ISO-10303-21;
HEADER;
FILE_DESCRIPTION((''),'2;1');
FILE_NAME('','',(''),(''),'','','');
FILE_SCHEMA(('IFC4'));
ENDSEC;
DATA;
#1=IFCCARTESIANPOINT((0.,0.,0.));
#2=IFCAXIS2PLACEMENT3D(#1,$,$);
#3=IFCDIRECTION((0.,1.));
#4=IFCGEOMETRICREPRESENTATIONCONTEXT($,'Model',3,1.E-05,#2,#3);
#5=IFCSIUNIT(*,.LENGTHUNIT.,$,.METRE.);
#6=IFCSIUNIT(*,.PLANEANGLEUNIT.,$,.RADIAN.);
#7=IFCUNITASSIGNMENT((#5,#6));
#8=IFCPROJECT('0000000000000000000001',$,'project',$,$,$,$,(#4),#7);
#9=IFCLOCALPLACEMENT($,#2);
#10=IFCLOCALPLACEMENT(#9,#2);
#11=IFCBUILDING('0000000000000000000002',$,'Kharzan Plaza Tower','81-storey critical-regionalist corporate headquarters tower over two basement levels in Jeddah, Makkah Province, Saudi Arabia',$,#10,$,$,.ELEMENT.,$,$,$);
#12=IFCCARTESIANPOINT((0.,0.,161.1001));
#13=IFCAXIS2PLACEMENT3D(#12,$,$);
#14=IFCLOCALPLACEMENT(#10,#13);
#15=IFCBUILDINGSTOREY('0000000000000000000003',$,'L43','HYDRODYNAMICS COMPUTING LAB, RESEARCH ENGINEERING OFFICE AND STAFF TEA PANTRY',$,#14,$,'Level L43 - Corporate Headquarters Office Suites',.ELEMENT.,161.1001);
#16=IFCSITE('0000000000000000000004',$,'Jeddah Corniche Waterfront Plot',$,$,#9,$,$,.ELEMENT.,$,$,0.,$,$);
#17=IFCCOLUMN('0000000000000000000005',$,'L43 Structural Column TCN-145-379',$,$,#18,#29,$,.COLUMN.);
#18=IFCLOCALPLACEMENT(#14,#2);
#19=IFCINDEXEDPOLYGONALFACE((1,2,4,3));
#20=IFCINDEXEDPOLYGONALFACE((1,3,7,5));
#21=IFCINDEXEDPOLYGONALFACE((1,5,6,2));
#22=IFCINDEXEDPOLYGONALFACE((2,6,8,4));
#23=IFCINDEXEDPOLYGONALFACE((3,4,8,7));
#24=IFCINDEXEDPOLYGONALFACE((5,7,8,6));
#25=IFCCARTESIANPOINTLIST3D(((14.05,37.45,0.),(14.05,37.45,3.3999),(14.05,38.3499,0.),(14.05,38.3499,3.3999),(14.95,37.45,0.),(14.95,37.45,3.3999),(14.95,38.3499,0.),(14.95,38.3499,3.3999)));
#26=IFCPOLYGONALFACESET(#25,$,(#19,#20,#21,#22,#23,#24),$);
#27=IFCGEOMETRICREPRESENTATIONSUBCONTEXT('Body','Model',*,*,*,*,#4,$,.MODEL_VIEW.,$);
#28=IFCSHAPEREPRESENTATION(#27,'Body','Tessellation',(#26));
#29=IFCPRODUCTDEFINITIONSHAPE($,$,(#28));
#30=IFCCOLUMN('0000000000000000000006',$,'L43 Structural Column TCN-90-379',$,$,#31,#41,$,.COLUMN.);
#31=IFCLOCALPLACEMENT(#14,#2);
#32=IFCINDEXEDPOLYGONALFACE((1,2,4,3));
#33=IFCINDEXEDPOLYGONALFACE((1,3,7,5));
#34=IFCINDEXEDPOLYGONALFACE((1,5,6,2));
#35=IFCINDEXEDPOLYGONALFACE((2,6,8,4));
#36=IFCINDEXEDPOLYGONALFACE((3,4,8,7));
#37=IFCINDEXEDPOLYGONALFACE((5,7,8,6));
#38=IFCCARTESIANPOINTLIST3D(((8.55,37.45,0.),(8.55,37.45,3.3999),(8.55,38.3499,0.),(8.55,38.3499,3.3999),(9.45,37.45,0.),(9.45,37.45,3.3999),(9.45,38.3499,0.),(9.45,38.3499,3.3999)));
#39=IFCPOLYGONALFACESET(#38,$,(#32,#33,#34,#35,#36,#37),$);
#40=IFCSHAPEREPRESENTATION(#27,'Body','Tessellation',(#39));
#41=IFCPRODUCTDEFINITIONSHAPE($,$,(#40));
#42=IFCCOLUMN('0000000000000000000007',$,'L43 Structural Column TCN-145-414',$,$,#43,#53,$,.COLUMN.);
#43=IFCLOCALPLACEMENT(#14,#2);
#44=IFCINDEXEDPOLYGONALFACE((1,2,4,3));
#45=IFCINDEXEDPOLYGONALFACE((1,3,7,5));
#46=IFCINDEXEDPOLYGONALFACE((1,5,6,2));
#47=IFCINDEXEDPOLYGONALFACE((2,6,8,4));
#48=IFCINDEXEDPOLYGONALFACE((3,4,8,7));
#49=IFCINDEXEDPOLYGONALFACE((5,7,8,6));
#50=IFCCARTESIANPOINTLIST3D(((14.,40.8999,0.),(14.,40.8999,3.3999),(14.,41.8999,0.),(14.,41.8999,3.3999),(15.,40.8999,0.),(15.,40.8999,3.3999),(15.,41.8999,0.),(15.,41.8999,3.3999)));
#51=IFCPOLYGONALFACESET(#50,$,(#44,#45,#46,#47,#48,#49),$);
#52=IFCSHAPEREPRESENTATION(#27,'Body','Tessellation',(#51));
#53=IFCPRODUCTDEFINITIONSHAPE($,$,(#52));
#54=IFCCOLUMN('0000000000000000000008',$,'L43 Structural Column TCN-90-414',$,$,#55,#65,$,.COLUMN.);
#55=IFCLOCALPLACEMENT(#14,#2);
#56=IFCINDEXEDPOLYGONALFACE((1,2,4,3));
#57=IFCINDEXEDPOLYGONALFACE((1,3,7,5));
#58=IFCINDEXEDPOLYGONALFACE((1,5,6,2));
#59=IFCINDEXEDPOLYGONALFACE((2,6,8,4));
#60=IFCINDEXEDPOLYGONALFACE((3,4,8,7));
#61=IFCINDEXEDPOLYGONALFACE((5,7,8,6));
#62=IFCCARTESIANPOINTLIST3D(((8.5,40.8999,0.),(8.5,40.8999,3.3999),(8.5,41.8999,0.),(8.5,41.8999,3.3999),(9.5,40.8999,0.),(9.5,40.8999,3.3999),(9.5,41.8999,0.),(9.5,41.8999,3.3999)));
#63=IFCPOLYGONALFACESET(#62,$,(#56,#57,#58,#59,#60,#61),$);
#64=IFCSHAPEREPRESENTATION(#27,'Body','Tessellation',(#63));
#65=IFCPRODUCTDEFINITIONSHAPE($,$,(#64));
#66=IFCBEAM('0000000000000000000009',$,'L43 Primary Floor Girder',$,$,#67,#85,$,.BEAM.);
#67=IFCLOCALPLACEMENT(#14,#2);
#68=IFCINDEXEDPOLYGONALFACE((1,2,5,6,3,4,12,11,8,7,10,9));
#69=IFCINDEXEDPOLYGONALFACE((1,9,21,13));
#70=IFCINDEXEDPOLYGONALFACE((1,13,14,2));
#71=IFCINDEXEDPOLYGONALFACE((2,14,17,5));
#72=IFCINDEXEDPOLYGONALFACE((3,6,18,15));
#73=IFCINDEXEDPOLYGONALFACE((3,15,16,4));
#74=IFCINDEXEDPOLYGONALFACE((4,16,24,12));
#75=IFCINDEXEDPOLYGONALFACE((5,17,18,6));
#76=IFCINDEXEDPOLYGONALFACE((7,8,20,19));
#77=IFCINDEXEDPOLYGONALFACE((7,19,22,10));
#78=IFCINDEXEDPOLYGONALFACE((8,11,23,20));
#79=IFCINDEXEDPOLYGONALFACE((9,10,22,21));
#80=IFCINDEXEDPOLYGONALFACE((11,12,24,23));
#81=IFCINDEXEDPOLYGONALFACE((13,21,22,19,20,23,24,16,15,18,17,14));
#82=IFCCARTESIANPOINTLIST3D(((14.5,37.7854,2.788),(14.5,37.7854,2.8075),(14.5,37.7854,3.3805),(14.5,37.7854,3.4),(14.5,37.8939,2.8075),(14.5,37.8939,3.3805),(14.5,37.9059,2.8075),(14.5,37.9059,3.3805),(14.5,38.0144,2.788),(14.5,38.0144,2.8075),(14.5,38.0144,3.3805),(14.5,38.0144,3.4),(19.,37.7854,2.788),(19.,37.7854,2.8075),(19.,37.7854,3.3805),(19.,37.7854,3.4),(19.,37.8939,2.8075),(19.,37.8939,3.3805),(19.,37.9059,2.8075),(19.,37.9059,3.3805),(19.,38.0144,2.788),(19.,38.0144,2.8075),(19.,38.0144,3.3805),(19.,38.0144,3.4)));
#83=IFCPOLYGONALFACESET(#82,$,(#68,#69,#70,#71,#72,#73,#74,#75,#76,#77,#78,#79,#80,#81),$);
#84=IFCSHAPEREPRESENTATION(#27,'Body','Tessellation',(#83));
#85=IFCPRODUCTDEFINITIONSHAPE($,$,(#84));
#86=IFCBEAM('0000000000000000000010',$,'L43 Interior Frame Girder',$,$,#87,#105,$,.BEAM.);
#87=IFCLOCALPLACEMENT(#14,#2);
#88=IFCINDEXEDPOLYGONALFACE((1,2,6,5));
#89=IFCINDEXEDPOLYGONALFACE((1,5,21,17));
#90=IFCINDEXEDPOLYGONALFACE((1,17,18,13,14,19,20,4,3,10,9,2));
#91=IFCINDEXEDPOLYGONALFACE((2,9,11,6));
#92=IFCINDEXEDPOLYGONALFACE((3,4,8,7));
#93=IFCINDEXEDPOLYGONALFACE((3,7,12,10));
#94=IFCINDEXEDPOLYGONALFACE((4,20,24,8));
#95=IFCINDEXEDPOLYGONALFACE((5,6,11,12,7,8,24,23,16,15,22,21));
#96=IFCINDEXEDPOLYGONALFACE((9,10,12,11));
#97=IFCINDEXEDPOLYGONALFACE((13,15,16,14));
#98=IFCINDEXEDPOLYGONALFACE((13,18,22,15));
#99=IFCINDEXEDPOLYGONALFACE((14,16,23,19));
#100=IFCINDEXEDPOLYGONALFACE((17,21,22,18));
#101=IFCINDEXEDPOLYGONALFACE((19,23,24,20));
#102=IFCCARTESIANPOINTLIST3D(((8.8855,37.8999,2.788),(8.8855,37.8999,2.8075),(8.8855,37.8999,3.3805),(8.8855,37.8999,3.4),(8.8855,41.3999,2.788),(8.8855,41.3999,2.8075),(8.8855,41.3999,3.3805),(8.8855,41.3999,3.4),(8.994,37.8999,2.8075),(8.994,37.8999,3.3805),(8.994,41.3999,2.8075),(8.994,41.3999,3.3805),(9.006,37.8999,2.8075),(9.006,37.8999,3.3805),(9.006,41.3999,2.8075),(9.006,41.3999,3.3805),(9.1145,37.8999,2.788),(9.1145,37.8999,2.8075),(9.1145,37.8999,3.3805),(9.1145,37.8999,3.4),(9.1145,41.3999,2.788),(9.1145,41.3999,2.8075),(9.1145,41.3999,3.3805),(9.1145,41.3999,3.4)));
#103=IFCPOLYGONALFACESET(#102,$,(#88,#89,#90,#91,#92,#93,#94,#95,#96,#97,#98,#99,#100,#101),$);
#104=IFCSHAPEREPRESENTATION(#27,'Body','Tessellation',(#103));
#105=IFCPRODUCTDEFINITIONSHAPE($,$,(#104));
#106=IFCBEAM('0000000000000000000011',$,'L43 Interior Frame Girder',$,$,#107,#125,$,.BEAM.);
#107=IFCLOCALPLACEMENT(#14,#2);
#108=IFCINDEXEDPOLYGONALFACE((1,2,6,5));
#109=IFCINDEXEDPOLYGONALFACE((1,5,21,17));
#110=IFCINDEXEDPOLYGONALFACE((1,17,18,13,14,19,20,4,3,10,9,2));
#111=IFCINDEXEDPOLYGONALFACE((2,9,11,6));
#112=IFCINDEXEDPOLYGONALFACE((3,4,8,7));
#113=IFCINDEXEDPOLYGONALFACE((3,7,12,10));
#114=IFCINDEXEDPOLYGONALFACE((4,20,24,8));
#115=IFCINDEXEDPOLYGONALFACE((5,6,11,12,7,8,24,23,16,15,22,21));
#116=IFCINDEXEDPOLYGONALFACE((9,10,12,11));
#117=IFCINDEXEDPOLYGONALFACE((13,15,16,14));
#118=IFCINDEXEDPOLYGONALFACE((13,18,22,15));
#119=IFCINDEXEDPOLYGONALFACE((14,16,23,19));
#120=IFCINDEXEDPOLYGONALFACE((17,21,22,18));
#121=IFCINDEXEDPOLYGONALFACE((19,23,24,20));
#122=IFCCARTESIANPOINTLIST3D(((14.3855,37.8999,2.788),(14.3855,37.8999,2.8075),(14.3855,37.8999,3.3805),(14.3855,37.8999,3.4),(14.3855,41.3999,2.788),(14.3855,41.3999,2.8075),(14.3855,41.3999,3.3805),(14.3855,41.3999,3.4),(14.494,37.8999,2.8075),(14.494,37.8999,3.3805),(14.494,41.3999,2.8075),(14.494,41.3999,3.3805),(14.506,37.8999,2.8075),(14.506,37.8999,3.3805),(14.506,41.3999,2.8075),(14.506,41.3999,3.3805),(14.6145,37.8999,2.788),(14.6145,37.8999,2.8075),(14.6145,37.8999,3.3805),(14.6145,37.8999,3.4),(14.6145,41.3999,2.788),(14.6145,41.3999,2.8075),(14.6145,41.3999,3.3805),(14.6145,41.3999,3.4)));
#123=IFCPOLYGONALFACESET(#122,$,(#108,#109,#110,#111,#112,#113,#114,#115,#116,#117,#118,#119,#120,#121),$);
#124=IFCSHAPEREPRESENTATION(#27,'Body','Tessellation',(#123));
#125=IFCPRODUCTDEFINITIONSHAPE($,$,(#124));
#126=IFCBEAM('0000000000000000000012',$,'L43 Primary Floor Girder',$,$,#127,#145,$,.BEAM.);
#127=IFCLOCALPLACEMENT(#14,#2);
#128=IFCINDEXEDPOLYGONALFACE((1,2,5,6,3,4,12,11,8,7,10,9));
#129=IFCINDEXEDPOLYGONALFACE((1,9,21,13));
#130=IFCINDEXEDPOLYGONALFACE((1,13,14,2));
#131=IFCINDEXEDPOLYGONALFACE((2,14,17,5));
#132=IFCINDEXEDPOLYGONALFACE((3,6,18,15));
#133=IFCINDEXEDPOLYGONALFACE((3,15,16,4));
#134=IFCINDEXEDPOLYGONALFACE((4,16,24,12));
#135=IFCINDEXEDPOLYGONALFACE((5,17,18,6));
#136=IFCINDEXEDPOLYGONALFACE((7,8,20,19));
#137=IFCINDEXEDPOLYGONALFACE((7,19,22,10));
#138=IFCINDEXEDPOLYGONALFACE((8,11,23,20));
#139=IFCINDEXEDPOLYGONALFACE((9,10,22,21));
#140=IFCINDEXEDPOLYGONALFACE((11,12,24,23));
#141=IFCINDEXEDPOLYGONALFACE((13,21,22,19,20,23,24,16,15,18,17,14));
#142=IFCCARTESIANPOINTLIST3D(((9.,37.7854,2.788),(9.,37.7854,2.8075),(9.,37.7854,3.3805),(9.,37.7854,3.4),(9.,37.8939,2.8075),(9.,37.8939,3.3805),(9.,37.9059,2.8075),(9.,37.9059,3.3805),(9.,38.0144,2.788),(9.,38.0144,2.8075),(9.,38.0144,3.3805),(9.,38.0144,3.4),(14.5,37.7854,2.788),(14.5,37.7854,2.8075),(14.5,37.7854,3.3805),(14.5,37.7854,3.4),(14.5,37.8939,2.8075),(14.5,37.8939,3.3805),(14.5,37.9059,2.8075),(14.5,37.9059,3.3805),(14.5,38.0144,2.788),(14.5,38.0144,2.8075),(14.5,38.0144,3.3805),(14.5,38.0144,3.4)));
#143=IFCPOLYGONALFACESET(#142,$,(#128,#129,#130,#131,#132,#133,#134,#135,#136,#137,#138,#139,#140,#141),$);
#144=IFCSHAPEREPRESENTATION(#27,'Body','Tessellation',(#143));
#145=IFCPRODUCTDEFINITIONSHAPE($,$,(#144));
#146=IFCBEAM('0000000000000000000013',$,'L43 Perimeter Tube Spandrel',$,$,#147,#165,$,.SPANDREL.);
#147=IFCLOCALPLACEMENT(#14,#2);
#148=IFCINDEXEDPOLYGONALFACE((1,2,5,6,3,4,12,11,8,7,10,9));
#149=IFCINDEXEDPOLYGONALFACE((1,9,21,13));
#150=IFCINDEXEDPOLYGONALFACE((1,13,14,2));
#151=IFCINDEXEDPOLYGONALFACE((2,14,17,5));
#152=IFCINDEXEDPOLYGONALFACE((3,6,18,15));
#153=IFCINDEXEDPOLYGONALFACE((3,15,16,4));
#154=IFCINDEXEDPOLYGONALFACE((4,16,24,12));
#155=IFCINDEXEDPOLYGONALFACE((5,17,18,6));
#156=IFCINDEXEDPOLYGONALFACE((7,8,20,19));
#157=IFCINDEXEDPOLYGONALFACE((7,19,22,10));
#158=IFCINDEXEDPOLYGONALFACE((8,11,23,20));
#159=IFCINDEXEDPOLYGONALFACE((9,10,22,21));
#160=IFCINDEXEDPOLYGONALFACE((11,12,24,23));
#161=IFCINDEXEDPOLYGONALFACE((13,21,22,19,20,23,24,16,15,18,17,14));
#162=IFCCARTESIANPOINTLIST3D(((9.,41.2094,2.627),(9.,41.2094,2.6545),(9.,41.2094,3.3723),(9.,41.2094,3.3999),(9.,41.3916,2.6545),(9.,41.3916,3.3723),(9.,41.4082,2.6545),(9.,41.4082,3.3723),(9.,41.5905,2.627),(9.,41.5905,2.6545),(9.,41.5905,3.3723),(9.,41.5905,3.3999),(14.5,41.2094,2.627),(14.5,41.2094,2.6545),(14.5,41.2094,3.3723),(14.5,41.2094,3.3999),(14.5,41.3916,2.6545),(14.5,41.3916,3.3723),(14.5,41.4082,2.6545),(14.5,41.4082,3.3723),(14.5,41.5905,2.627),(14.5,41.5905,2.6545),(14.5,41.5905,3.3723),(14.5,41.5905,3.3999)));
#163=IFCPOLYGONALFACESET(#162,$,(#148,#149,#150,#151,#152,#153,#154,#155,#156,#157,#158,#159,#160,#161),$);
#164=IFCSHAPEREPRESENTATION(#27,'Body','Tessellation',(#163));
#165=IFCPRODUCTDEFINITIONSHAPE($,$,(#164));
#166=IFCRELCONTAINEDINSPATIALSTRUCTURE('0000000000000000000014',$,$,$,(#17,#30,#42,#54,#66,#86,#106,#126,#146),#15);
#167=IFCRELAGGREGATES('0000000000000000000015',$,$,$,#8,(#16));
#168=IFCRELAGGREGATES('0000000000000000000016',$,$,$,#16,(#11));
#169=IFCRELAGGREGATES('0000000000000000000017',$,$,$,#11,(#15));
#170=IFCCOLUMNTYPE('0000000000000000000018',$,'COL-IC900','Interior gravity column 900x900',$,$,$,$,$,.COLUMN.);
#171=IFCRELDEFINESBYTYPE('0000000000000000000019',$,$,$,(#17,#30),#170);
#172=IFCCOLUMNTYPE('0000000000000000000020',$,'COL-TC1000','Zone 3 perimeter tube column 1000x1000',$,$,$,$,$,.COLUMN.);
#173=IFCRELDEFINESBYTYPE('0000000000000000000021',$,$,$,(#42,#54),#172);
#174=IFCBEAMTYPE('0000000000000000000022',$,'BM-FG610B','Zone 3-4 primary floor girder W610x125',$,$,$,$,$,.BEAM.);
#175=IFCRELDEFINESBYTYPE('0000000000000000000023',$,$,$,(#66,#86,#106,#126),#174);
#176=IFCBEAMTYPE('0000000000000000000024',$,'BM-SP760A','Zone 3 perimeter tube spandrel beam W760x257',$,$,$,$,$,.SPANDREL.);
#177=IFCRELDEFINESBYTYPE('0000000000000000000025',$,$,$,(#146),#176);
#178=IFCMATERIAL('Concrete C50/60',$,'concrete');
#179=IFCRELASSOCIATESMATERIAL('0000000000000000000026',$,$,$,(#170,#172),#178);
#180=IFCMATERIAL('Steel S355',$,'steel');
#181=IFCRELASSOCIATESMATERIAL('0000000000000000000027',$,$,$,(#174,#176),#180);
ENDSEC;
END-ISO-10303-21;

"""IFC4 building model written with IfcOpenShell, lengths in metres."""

from ifc_helpers import new_model, si_unit, direction, frame, origin, origin_2d, place, context, subcontext, project, spatial, rectangle, i_section, extrude, source, transform, mapped, material, material_profile, profile_set, type_object, element, save


model = new_model("IFC4")

# Units and contexts
model_context = context("Model", 3, precision=1e-05, world=origin(), true_north=direction((0.0, 1.0)))
body_context = subcontext(model_context, "Body", "Model", "MODEL_VIEW")
ifc_project = project(units=[si_unit("LENGTHUNIT", "METRE"), si_unit("PLANEANGLEUNIT", "RADIAN")], contexts=[model_context])

# Site, building, storey
site_placement = place(None, origin())
site = spatial("IfcSite", under=ifc_project, at=site_placement, Name="Jeddah Corniche Waterfront Plot", CompositionType="ELEMENT", RefElevation=0.0)
building_placement = place(site_placement, origin())
building = spatial("IfcBuilding", under=site, at=building_placement, Name="Kharzan Plaza Tower", Description="81-storey critical-regionalist corporate headquarters tower over two basement levels in Jeddah, Makkah Province, Saudi Arabia", CompositionType="ELEMENT")
storey_placement = place(building_placement, frame((0.0, 0.0, 161.1001)))
storey = spatial("IfcBuildingStorey", under=building, at=storey_placement, Name="L43", Description="HYDRODYNAMICS COMPUTING LAB, RESEARCH ENGINEERING OFFICE AND STAFF TEA PANTRY", LongName="Level L43 - Corporate Headquarters Office Suites", CompositionType="ELEMENT", Elevation=161.1001)

# Columns
ifc_material_1 = material(Name="Concrete C50/60", Category="concrete")
ifc_material_profile_1 = material_profile(ifc_material_1, rectangle(XDim=0.8999, YDim=0.8999, at=origin_2d()), Name="RC-IC900x900")
ifc_profile_set_1 = profile_set([ifc_material_profile_1], Name="Concrete C50/60")
column_type_1 = type_object("IfcColumnType", Name="COL-IC900", Description="Interior gravity column 900x900", PredefinedType="COLUMN", material=ifc_profile_set_1)
shared_shape_1 = source(origin(), body_context, "Body", "SweptSolid", [
    extrude(rectangle(XDim=0.8999, YDim=0.8999, at=origin_2d()), origin(), (0.0, 0.0, 1.0), 3.3999),
])
for number, where, z_axis, x_axis, name in (
    (1, (14.5, 37.8999, 0.0), (0.0, 0.0, 1.0), (1.0, 0.0, 0.0), "L43 Structural Column TCN-145-379"),
    (2, (9.0, 37.8999, 0.0), (0.0, 0.0, 1.0), (1.0, 0.0, 0.0), "L43 Structural Column TCN-90-379"),
):
    element("IfcColumn", number, at=place(storey_placement, frame(where, z_axis=z_axis, x_axis=x_axis)), inside=storey, type_object=column_type_1, Name=name, PredefinedType="COLUMN", context=body_context, shape_type="MappedRepresentation", body=[
        mapped(shared_shape_1, transform((0.0, 0.0, 0.0), x_axis=(1.0, 0.0, 0.0), y_axis=(0.0, 1.0, 0.0), z_axis=(0.0, 0.0, 1.0))),
    ])
ifc_material_profile_2 = material_profile(ifc_material_1, rectangle(XDim=1.0, YDim=1.0, at=origin_2d()), Name="RC-TC1000x1000")
ifc_profile_set_2 = profile_set([ifc_material_profile_2], Name="Concrete C50/60")
column_type_2 = type_object("IfcColumnType", Name="COL-TC1000", Description="Zone 3 perimeter tube column 1000x1000", PredefinedType="COLUMN", material=ifc_profile_set_2)
shared_shape_2 = source(origin(), body_context, "Body", "SweptSolid", [
    extrude(rectangle(XDim=1.0, YDim=1.0, at=origin_2d()), origin(), (0.0, 0.0, 1.0), 3.3999),
])
for number, where, z_axis, x_axis, name in (
    (3, (14.5, 41.3999, 0.0), (0.0, 0.0, 1.0), (1.0, 0.0, 0.0), "L43 Structural Column TCN-145-414"),
    (4, (9.0, 41.3999, 0.0), (0.0, 0.0, 1.0), (1.0, 0.0, 0.0), "L43 Structural Column TCN-90-414"),
):
    element("IfcColumn", number, at=place(storey_placement, frame(where, z_axis=z_axis, x_axis=x_axis)), inside=storey, type_object=column_type_2, Name=name, PredefinedType="COLUMN", context=body_context, shape_type="MappedRepresentation", body=[
        mapped(shared_shape_2, transform((0.0, 0.0, 0.0), x_axis=(1.0, 0.0, 0.0), y_axis=(0.0, 1.0, 0.0), z_axis=(0.0, 0.0, 1.0))),
    ])

# Beams
ifc_material_2 = material(Name="Steel S355", Category="steel")
ifc_material_profile_3 = material_profile(ifc_material_2, i_section(OverallWidth=0.229, OverallDepth=0.6121, WebThickness=0.012, FlangeThickness=0.0195, at=origin_2d()), Name="W610x125")
ifc_profile_set_3 = profile_set([ifc_material_profile_3], Name="Steel S355")
beam_type_1 = type_object("IfcBeamType", Name="BM-FG610B", Description="Zone 3-4 primary floor girder W610x125", PredefinedType="BEAM", material=ifc_profile_set_3)
shared_shape_3 = source(origin(), body_context, "Body", "SweptSolid", [
    extrude(i_section(OverallWidth=0.229, OverallDepth=0.6121, WebThickness=0.012, FlangeThickness=0.0195, at=origin_2d()), origin(), (0.0, 0.0, 1.0), 4.5),
])
beam_1_placement = place(storey_placement, frame((14.5, 37.8999, 3.094), z_axis=(1.0, 0.0, 0.0), x_axis=(0.0, 1.0, 0.0)))
element("IfcBeam", 5, at=beam_1_placement, inside=storey, type_object=beam_type_1, Name="L43 Primary Floor Girder", PredefinedType="BEAM", context=body_context, shape_type="MappedRepresentation", body=[
    mapped(shared_shape_3, transform((0.0, 0.0, 0.0), x_axis=(1.0, 0.0, 0.0), y_axis=(0.0, 1.0, 0.0), z_axis=(0.0, 0.0, 1.0))),
])
shared_shape_4 = source(origin(), body_context, "Body", "SweptSolid", [
    extrude(i_section(OverallWidth=0.229, OverallDepth=0.6121, WebThickness=0.012, FlangeThickness=0.0195, at=origin_2d()), origin(), (0.0, 0.0, 1.0), 3.5),
])
for number, where, z_axis, x_axis, name in (
    (6, (9.0, 37.8999, 3.094), (0.0, 1.0, 0.0), (-1.0, 0.0, 0.0), "L43 Interior Frame Girder"),
    (7, (14.5, 37.8999, 3.094), (0.0, 1.0, 0.0), (-1.0, 0.0, 0.0), "L43 Interior Frame Girder"),
):
    element("IfcBeam", number, at=place(storey_placement, frame(where, z_axis=z_axis, x_axis=x_axis)), inside=storey, type_object=beam_type_1, Name=name, PredefinedType="BEAM", context=body_context, shape_type="MappedRepresentation", body=[
        mapped(shared_shape_4, transform((0.0, 0.0, 0.0), x_axis=(1.0, 0.0, 0.0), y_axis=(0.0, 1.0, 0.0), z_axis=(0.0, 0.0, 1.0))),
    ])
shared_shape_5 = source(origin(), body_context, "Body", "SweptSolid", [
    extrude(i_section(OverallWidth=0.229, OverallDepth=0.6121, WebThickness=0.012, FlangeThickness=0.0195, at=origin_2d()), origin(), (0.0, 0.0, 1.0), 5.5),
])
beam_2_placement = place(storey_placement, frame((9.0, 37.8999, 3.094), z_axis=(1.0, 0.0, 0.0), x_axis=(0.0, 1.0, 0.0)))
element("IfcBeam", 8, at=beam_2_placement, inside=storey, type_object=beam_type_1, Name="L43 Primary Floor Girder", PredefinedType="BEAM", context=body_context, shape_type="MappedRepresentation", body=[
    mapped(shared_shape_5, transform((0.0, 0.0, 0.0), x_axis=(1.0, 0.0, 0.0), y_axis=(0.0, 1.0, 0.0), z_axis=(0.0, 0.0, 1.0))),
])
ifc_material_profile_4 = material_profile(ifc_material_2, i_section(OverallWidth=0.3811, OverallDepth=0.7729, WebThickness=0.0166, FlangeThickness=0.0276, at=origin_2d()), Name="W760x257")
ifc_profile_set_4 = profile_set([ifc_material_profile_4], Name="Steel S355")
beam_type_2 = type_object("IfcBeamType", Name="BM-SP760A", Description="Zone 3 perimeter tube spandrel beam W760x257", PredefinedType="SPANDREL", material=ifc_profile_set_4)
shared_shape_6 = source(origin(), body_context, "Body", "SweptSolid", [
    extrude(i_section(OverallWidth=0.3811, OverallDepth=0.7729, WebThickness=0.0166, FlangeThickness=0.0276, at=origin_2d()), origin(), (0.0, 0.0, 1.0), 5.5),
])
beam_3_placement = place(storey_placement, frame((9.0, 41.3999, 3.0134), z_axis=(1.0, 0.0, 0.0), x_axis=(0.0, 1.0, 0.0)))
element("IfcBeam", 9, at=beam_3_placement, inside=storey, type_object=beam_type_2, Name="L43 Perimeter Tube Spandrel", PredefinedType="SPANDREL", context=body_context, shape_type="MappedRepresentation", body=[
    mapped(shared_shape_6, transform((0.0, 0.0, 0.0), x_axis=(1.0, 0.0, 0.0), y_axis=(0.0, 1.0, 0.0), z_axis=(0.0, 0.0, 1.0))),
])

save(model, "model.ifc")
